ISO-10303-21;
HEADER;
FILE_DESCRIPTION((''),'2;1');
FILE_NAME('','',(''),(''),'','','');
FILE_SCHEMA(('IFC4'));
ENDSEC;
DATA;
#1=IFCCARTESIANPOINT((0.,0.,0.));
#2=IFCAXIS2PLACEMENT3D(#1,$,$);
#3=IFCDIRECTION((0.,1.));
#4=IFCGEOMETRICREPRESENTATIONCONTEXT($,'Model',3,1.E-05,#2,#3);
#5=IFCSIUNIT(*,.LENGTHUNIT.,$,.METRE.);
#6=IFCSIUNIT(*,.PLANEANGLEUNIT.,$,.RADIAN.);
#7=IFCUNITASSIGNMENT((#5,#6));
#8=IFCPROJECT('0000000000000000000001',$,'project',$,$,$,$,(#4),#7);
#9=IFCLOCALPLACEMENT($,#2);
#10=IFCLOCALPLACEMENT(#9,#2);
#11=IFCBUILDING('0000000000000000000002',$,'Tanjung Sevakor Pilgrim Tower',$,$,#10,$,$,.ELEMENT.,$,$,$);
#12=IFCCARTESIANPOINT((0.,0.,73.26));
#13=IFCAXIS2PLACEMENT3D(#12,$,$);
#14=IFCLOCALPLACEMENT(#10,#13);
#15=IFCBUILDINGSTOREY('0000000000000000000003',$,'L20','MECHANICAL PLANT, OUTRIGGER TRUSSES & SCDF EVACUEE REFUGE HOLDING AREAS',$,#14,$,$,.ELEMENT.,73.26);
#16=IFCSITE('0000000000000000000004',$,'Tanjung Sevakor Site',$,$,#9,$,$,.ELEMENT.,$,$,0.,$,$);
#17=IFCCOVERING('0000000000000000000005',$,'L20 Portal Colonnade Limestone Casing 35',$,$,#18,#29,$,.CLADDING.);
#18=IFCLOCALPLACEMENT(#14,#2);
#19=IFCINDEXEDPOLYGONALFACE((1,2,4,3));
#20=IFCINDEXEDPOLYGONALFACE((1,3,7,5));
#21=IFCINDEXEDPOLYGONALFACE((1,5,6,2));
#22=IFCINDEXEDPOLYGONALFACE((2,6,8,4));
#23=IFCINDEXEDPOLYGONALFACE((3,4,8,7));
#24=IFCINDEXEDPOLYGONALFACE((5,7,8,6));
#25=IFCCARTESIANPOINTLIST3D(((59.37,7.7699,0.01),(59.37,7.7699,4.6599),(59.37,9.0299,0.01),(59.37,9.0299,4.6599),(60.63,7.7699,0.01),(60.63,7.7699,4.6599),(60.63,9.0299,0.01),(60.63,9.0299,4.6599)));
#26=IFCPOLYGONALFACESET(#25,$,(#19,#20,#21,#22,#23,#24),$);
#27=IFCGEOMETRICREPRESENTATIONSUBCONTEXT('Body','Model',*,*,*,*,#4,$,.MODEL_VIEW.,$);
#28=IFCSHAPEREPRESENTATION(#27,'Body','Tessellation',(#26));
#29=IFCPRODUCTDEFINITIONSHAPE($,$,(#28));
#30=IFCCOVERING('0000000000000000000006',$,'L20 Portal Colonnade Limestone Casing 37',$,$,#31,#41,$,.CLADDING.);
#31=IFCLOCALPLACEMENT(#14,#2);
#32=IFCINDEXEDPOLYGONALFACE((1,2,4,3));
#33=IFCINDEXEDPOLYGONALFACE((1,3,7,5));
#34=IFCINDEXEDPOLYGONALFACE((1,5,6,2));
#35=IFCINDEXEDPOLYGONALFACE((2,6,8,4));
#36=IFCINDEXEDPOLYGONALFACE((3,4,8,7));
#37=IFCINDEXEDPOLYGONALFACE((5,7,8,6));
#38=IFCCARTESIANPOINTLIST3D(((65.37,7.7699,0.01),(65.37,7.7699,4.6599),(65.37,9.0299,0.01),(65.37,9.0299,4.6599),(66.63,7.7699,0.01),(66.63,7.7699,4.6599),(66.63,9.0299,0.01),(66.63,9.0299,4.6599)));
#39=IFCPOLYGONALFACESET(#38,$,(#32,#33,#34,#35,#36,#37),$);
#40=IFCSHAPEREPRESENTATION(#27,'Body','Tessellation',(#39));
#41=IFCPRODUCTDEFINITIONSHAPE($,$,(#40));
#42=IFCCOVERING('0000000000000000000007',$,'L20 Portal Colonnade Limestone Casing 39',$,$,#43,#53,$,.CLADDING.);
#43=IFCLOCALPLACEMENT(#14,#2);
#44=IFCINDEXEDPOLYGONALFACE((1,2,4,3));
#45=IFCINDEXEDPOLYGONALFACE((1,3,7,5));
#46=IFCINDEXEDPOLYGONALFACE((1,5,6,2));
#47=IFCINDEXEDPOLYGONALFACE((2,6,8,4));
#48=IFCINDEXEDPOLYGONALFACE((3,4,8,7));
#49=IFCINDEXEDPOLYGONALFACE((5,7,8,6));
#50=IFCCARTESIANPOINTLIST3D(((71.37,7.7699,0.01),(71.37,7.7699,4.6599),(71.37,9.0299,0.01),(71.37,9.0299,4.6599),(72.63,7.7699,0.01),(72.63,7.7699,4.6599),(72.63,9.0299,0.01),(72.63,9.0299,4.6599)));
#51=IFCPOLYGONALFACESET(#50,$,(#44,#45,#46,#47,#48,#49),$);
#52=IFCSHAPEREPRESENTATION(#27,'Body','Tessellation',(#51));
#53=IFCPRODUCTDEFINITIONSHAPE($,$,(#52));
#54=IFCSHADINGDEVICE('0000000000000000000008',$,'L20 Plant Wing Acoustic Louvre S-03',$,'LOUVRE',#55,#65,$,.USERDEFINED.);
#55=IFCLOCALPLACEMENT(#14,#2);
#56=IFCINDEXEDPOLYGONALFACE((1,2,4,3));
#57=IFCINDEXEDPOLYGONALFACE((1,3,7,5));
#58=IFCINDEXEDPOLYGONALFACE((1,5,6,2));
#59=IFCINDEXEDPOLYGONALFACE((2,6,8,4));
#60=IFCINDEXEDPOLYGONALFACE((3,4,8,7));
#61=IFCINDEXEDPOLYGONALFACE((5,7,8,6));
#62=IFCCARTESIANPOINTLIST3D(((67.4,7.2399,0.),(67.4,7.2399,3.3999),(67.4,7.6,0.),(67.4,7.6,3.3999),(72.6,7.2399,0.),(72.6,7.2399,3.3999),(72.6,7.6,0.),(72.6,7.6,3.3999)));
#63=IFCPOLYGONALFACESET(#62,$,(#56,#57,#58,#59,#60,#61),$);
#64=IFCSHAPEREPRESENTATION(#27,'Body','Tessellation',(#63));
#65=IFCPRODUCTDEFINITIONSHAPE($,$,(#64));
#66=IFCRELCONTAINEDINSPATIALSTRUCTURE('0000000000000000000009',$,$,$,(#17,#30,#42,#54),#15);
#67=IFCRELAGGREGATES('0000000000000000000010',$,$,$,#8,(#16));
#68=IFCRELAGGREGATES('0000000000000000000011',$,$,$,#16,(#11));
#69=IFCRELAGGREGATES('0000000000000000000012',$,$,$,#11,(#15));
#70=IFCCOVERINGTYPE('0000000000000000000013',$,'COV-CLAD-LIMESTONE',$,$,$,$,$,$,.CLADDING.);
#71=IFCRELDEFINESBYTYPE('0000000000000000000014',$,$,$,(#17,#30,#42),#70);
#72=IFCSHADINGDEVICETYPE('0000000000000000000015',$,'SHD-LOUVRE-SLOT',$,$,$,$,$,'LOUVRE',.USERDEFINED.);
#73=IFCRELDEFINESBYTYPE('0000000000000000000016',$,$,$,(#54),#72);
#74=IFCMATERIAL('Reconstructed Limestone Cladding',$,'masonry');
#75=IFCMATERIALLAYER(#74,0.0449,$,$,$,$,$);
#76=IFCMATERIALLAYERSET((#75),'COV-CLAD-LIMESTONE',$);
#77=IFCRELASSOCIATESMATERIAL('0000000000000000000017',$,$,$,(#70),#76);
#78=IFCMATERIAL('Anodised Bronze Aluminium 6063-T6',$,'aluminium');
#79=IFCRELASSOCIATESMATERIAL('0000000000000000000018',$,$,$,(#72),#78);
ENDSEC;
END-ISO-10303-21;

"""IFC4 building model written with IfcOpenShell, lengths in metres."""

from ifc_helpers import new_model, si_unit, direction, frame, origin, origin_2d, place, context, subcontext, project, spatial, rectangle, extrude, material, layer, layer_set, type_object, element, save


model = new_model("IFC4")

# Units and contexts
model_context = context("Model", 3, precision=1e-05, world=origin(), true_north=direction((0.0, 1.0)))
body_context = subcontext(model_context, "Body", "Model", "MODEL_VIEW")
ifc_project = project(units=[si_unit("LENGTHUNIT", "METRE"), si_unit("PLANEANGLEUNIT", "RADIAN")], contexts=[model_context])

# Site, building, storey
site_placement = place(None, origin())
site = spatial("IfcSite", under=ifc_project, at=site_placement, Name="Tanjung Sevakor Site", CompositionType="ELEMENT", RefElevation=0.0)
building_placement = place(site_placement, origin())
building = spatial("IfcBuilding", under=site, at=building_placement, Name="Tanjung Sevakor Pilgrim Tower", CompositionType="ELEMENT")
storey_placement = place(building_placement, frame((0.0, 0.0, 73.26)))
storey = spatial("IfcBuildingStorey", under=building, at=storey_placement, Name="L20", Description="MECHANICAL PLANT, OUTRIGGER TRUSSES & SCDF EVACUEE REFUGE HOLDING AREAS", CompositionType="ELEMENT", Elevation=73.26)

# Coverings
ifc_material_1 = material(Name="Reconstructed Limestone Cladding", Category="masonry")
ifc_layer_1 = layer(ifc_material_1, 0.0449)
ifc_layer_set_1 = layer_set([ifc_layer_1], Name="COV-CLAD-LIMESTONE")
covering_type = type_object("IfcCoveringType", Name="COV-CLAD-LIMESTONE", PredefinedType="CLADDING", material=ifc_layer_set_1)
for number, where, z_axis, x_axis, name in (
    (1, (60.0, 8.3999, 0.01), (0.0, 0.0, 1.0), (1.0, 0.0, 0.0), "L20 Portal Colonnade Limestone Casing 35"),
    (2, (66.0, 8.3999, 0.01), (0.0, 0.0, 1.0), (1.0, 0.0, 0.0), "L20 Portal Colonnade Limestone Casing 37"),
    (3, (72.0, 8.3999, 0.01), (0.0, 0.0, 1.0), (1.0, 0.0, 0.0), "L20 Portal Colonnade Limestone Casing 39"),
):
    element("IfcCovering", number, at=place(storey_placement, frame(where, z_axis=z_axis, x_axis=x_axis)), inside=storey, type_object=covering_type, Name=name, PredefinedType="CLADDING", context=body_context, shape_type="SweptSolid", body=[
        extrude(rectangle(XDim=1.26, YDim=1.26, at=origin_2d()), origin(), (0.0, 0.0, 1.0), 4.6499),
    ])

# Shading device
ifc_material_2 = material(Name="Anodised Bronze Aluminium 6063-T6", Category="aluminium")
shading_device_type = type_object("IfcShadingDeviceType", Name="SHD-LOUVRE-SLOT", ElementType="LOUVRE", PredefinedType="USERDEFINED", material=ifc_material_2)
shading_device_placement = place(storey_placement, frame((70.0, 7.4199, 0.0), z_axis=(0.0, 0.0, 1.0), x_axis=(1.0, 0.0, 0.0)))
element("IfcShadingDevice", 4, at=shading_device_placement, inside=storey, type_object=shading_device_type, Name="L20 Plant Wing Acoustic Louvre S-03", ObjectType="LOUVRE", PredefinedType="USERDEFINED", context=body_context, shape_type="SweptSolid", body=[
    extrude(rectangle(XDim=5.2, YDim=0.3601, at=origin_2d()), origin(), (0.0, 0.0, 1.0), 3.3999),
])

save(model, "model.ifc")
